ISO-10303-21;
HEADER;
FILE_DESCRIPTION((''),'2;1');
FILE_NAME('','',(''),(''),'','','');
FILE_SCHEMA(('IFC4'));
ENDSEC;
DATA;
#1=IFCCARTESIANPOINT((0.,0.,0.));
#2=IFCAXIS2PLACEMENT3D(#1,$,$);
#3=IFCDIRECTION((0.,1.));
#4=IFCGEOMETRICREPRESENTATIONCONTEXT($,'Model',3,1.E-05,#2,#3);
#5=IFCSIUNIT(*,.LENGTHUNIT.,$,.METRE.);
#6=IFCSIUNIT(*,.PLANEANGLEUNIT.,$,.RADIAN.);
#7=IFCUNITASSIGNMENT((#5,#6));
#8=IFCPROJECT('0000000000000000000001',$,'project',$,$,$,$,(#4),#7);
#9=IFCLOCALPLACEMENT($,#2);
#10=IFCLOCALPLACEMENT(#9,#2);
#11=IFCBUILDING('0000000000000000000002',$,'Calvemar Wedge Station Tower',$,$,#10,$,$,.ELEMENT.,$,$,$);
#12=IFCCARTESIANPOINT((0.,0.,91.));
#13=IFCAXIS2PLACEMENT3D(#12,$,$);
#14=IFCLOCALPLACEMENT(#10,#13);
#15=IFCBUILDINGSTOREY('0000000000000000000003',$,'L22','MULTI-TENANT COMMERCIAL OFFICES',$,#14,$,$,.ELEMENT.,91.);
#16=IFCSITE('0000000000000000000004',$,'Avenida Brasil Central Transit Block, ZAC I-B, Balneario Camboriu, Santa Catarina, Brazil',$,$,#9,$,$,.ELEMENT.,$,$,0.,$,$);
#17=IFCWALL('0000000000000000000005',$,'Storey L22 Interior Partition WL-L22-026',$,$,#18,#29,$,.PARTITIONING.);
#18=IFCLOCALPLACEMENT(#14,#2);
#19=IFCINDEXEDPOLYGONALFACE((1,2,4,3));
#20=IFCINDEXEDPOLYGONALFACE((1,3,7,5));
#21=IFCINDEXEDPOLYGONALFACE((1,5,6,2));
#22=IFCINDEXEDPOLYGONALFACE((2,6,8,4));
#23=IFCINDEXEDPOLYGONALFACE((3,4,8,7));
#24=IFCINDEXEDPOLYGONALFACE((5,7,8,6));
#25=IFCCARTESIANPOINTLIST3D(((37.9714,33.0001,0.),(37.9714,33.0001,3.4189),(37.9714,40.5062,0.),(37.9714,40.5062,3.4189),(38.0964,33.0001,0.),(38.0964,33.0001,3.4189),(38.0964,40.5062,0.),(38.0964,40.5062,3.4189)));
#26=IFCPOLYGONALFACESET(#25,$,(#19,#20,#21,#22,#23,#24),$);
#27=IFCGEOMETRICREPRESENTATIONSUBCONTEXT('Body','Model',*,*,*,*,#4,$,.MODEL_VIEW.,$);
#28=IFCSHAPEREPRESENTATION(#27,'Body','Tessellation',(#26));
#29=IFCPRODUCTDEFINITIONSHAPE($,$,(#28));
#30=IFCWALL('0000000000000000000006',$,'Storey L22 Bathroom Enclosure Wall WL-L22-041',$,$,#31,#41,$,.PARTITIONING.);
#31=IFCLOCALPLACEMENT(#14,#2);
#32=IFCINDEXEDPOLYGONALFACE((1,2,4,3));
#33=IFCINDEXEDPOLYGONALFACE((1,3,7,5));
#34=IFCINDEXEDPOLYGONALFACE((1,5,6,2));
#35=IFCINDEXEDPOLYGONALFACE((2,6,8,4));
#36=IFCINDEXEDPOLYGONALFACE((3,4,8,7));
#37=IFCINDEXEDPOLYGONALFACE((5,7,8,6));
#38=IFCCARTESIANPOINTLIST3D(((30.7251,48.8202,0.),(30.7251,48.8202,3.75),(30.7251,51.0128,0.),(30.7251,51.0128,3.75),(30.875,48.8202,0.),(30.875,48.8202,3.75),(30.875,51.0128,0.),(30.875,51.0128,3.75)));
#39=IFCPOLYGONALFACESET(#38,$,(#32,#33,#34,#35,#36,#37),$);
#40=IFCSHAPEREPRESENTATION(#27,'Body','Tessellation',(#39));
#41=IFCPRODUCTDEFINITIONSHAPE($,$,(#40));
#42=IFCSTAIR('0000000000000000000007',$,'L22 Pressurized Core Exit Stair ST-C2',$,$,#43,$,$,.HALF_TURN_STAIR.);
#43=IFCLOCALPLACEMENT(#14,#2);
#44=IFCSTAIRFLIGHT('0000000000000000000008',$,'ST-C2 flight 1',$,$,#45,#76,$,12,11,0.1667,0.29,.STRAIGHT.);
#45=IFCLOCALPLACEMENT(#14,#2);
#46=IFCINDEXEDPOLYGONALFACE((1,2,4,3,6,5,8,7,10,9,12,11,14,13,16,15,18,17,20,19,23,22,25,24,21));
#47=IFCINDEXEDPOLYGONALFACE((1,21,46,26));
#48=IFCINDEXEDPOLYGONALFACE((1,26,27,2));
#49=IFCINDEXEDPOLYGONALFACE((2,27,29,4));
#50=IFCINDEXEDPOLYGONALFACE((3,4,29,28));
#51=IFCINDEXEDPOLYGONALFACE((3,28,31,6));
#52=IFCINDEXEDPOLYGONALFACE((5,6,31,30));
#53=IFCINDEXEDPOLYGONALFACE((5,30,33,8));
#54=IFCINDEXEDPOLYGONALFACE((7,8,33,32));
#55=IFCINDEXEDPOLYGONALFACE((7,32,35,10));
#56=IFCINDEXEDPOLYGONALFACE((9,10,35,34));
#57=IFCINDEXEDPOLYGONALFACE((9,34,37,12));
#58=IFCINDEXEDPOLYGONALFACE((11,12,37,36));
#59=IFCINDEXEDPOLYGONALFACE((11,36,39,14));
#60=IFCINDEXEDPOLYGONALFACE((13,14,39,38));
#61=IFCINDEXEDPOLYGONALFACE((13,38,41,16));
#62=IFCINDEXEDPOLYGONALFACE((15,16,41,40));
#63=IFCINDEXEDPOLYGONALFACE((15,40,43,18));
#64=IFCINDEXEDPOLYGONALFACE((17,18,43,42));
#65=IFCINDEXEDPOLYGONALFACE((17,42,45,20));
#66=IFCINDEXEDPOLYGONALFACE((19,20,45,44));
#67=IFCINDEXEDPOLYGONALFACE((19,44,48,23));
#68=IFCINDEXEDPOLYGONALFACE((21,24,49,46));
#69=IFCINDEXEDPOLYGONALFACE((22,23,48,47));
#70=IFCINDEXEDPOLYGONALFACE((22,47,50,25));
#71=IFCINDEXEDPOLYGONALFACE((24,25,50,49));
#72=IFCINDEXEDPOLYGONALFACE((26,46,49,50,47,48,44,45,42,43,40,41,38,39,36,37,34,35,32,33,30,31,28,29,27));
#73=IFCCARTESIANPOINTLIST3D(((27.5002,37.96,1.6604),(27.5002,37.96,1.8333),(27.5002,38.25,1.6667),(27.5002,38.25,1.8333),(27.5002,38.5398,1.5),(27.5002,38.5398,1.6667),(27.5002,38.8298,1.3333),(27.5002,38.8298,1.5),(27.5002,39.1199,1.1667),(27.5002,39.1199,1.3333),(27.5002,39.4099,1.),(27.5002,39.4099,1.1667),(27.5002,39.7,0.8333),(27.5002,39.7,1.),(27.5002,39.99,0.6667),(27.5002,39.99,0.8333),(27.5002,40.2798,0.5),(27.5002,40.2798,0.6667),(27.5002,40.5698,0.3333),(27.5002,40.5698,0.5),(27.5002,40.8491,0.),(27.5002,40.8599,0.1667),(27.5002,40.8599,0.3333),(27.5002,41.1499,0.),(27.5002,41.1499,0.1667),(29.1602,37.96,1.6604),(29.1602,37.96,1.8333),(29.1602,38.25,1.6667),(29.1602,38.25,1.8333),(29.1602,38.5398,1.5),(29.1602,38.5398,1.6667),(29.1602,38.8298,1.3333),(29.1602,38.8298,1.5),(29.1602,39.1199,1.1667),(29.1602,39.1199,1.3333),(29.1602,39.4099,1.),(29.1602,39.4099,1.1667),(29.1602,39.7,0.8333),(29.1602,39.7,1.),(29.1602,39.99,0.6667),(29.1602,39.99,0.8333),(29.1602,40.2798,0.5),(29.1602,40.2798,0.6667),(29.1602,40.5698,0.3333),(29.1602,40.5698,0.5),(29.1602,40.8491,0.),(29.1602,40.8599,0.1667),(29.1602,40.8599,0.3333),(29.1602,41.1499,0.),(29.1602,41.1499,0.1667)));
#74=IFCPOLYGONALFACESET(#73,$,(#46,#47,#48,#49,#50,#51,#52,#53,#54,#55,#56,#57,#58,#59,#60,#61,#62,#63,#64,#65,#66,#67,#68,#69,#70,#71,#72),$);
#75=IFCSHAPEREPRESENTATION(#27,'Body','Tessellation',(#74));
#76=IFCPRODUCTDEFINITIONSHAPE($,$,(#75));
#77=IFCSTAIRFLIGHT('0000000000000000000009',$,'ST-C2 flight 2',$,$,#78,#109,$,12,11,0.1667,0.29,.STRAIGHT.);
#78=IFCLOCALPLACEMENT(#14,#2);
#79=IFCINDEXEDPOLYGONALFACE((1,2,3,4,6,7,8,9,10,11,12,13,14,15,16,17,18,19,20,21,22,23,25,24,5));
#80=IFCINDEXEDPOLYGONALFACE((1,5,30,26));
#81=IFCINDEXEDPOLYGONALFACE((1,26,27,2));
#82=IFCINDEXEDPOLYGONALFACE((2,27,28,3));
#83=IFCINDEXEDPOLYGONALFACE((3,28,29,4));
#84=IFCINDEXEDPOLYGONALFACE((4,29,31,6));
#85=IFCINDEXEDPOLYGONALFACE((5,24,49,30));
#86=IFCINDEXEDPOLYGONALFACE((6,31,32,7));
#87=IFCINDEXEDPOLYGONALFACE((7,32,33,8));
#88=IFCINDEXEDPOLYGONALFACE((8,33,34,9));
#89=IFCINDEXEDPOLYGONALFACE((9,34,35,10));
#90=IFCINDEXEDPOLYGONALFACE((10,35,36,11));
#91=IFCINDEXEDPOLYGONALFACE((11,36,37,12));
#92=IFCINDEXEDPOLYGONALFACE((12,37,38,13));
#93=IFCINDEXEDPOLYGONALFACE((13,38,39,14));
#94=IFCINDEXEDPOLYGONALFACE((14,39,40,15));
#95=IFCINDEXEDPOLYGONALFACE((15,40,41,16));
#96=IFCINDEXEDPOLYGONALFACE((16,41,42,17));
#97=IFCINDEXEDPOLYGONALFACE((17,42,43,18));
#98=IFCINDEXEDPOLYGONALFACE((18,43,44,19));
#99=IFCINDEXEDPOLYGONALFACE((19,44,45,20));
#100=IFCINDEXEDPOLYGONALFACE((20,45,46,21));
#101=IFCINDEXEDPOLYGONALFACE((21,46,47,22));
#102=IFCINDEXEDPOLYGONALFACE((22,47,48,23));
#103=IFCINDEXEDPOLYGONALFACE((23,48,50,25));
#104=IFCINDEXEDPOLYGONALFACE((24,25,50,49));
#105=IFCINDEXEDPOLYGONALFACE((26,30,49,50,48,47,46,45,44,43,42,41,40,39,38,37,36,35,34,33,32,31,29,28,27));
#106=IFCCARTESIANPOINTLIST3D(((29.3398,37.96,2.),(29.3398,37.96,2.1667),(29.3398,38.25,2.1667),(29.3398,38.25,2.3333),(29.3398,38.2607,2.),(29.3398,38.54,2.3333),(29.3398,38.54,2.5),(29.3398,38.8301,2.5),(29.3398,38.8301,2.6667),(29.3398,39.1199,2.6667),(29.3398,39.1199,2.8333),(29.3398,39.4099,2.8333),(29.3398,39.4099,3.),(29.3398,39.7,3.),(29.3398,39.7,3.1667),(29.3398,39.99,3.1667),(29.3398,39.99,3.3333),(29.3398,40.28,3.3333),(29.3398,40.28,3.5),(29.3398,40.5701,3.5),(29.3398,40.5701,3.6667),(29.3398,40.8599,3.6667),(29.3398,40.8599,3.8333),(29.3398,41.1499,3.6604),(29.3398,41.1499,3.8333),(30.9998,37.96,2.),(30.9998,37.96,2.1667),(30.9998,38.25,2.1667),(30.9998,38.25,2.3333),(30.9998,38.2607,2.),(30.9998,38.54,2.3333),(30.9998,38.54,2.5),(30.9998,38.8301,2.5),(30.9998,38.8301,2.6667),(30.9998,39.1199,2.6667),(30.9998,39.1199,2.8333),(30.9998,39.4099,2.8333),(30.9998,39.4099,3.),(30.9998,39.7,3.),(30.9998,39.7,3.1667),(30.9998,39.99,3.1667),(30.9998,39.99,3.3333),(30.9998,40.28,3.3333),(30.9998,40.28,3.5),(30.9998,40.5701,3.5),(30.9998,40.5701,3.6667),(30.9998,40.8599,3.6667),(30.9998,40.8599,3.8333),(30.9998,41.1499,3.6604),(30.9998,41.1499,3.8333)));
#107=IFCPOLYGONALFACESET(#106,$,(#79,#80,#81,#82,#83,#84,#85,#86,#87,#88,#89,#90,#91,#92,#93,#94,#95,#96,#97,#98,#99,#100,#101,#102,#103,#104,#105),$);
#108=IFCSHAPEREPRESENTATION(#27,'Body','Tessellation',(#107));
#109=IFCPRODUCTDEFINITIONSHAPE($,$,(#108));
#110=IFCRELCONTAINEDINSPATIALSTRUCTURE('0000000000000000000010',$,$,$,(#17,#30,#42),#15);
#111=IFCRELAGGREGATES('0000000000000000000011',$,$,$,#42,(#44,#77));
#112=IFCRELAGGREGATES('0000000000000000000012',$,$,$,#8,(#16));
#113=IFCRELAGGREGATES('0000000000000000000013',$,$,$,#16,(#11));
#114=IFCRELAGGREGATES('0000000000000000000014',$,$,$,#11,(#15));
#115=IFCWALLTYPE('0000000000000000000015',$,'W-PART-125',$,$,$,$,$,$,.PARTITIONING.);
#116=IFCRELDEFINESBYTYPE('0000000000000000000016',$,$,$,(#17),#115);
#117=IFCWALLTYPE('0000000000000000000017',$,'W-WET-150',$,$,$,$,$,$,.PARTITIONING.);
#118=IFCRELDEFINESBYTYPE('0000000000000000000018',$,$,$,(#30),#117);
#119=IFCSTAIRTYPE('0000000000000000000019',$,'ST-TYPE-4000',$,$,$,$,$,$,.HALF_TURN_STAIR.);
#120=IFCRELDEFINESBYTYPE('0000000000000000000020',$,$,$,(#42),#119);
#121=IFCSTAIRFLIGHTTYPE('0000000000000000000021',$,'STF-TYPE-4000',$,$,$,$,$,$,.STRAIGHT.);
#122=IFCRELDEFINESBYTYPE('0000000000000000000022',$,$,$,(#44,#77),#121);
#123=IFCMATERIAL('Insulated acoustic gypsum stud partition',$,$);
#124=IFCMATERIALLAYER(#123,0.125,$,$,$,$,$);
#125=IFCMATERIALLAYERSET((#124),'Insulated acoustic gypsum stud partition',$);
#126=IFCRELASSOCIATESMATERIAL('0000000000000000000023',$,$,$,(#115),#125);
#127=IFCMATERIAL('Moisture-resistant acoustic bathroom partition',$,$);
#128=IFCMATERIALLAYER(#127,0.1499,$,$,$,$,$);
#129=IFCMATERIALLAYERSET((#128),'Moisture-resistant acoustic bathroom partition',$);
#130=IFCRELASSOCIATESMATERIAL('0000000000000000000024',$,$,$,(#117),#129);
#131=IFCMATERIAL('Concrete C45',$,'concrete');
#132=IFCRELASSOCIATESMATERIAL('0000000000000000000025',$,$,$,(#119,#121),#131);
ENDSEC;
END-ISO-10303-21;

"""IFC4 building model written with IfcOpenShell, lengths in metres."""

from ifc_helpers import new_model, si_unit, direction, frame, frame_2d, origin, place, context, subcontext, project, spatial, polyline, rectangle, outline, extrude, material, layer, layer_set, type_object, element, aggregate, save


model = new_model("IFC4")

# Units and contexts
model_context = context("Model", 3, precision=1e-05, world=origin(), true_north=direction((0.0, 1.0)))
body_context = subcontext(model_context, "Body", "Model", "MODEL_VIEW")
ifc_project = project(units=[si_unit("LENGTHUNIT", "METRE"), si_unit("PLANEANGLEUNIT", "RADIAN")], contexts=[model_context])

# Site, building, storey
site_placement = place(None, origin())
site = spatial("IfcSite", under=ifc_project, at=site_placement, Name="Avenida Brasil Central Transit Block, ZAC I-B, Balneario Camboriu, Santa Catarina, Brazil", CompositionType="ELEMENT", RefElevation=0.0)
building_placement = place(site_placement, origin())
building = spatial("IfcBuilding", under=site, at=building_placement, Name="Calvemar Wedge Station Tower", CompositionType="ELEMENT")
storey_placement = place(building_placement, frame((0.0, 0.0, 91.0)))
storey = spatial("IfcBuildingStorey", under=building, at=storey_placement, Name="L22", Description="MULTI-TENANT COMMERCIAL OFFICES", CompositionType="ELEMENT", Elevation=91.0)

# Walls
ifc_material_1 = material(Name="Insulated acoustic gypsum stud partition")
ifc_layer_1 = layer(ifc_material_1, 0.125)
ifc_layer_set_1 = layer_set([ifc_layer_1], Name="Insulated acoustic gypsum stud partition")
wall_type_1 = type_object("IfcWallType", Name="W-PART-125", PredefinedType="PARTITIONING", material=ifc_layer_set_1)
wall_1_placement = place(storey_placement, frame((38.0339, 40.5061, 0.0), z_axis=(0.0, 0.0, 1.0), x_axis=(0.0, -1.0, 0.0)))
element("IfcWall", 1, at=wall_1_placement, inside=storey, type_object=wall_type_1, Name="Storey L22 Interior Partition WL-L22-026", PredefinedType="PARTITIONING", context=body_context, shape_type="SweptSolid", body=[
    extrude(rectangle(XDim=7.5061, YDim=0.125, at=frame_2d((3.7529, 0.0))), origin(), (0.0, 0.0, 1.0), 3.4189),
])
ifc_material_2 = material(Name="Moisture-resistant acoustic bathroom partition")
ifc_layer_2 = layer(ifc_material_2, 0.1499)
ifc_layer_set_2 = layer_set([ifc_layer_2], Name="Moisture-resistant acoustic bathroom partition")
wall_type_2 = type_object("IfcWallType", Name="W-WET-150", PredefinedType="PARTITIONING", material=ifc_layer_set_2)
wall_2_placement = place(storey_placement, frame((30.8, 51.0127, 0.0), z_axis=(0.0, 0.0, 1.0), x_axis=(0.0, -1.0, 0.0)))
element("IfcWall", 2, at=wall_2_placement, inside=storey, type_object=wall_type_2, Name="Storey L22 Bathroom Enclosure Wall WL-L22-041", PredefinedType="PARTITIONING", context=body_context, shape_type="SweptSolid", body=[
    extrude(rectangle(XDim=2.1926, YDim=0.1499, at=frame_2d((1.0962, 0.0))), origin(), (0.0, 0.0, 1.0), 3.75),
])

# Stair, stair flights
ifc_material_3 = material(Name="Concrete C45", Category="concrete")
stair_type = type_object("IfcStairType", Name="ST-TYPE-4000", PredefinedType="HALF_TURN_STAIR", material=ifc_material_3)
stair_placement = place(storey_placement, origin())
stair = element("IfcStair", 3, at=stair_placement, inside=storey, type_object=stair_type, Name="L22 Pressurized Core Exit Stair ST-C2", PredefinedType="HALF_TURN_STAIR")
stair_flight_type = type_object("IfcStairFlightType", Name="STF-TYPE-4000", PredefinedType="STRAIGHT", material=ifc_material_3)
stair_flight_1_placement = place(storey_placement, frame((28.3301, 41.1499, 0.0), z_axis=(0.0, 0.0, 1.0), x_axis=(0.0, -1.0, 0.0)))
stair_flight_1 = element("IfcStairFlight", 4, at=stair_flight_1_placement, type_object=stair_flight_type, Name="ST-C2 flight 1", NumberOfRisers=12, NumberOfTreads=11, PredefinedType="STRAIGHT", RiserHeight=0.1667, TreadLength=0.29, context=body_context, shape_type="SweptSolid", body=[
    extrude(outline(polyline([(0.0, 0.0), (0.0, 0.1667), (0.29, 0.1667), (0.29, 0.3333), (0.5801, 0.3333), (0.5801, 0.5), (0.8701, 0.5), (0.8701, 0.6667), (1.1599, 0.6667), (1.1599, 0.8333), (1.45, 0.8333), (1.45, 1.0), (1.74, 1.0), (1.74, 1.1667), (2.03, 1.1667), (2.03, 1.3333), (2.3201, 1.3333), (2.3201, 1.5), (2.6101, 1.5), (2.6101, 1.6667), (2.8999, 1.6667), (2.8999, 1.8333), (3.1899, 1.8333), (3.1899, 2.0), (3.1899, 1.6604), (0.3008, 0.0), (0.0, 0.0)])), frame((0.0, 0.8301, 0.0), z_axis=(0.0, -1.0, 0.0), x_axis=(1.0, 0.0, 0.0)), (0.0, 0.0, 1.0), 1.6599),
])
stair_flight_2_placement = place(storey_placement, frame((30.1699, 37.96, 2.0), z_axis=(0.0, 0.0, 1.0), x_axis=(0.0, 1.0, 0.0)))
stair_flight_2 = element("IfcStairFlight", 5, at=stair_flight_2_placement, type_object=stair_flight_type, Name="ST-C2 flight 2", NumberOfRisers=12, NumberOfTreads=11, PredefinedType="STRAIGHT", RiserHeight=0.1667, TreadLength=0.29, context=body_context, shape_type="SweptSolid", body=[
    extrude(outline(polyline([(0.0, 0.0), (0.0, 0.1667), (0.29, 0.1667), (0.29, 0.3333), (0.5801, 0.3333), (0.5801, 0.5), (0.8701, 0.5), (0.8701, 0.6667), (1.1599, 0.6667), (1.1599, 0.8333), (1.45, 0.8333), (1.45, 1.0), (1.74, 1.0), (1.74, 1.1667), (2.03, 1.1667), (2.03, 1.3333), (2.3201, 1.3333), (2.3201, 1.5), (2.6101, 1.5), (2.6101, 1.6667), (2.8999, 1.6667), (2.8999, 1.8333), (3.1899, 1.8333), (3.1899, 2.0), (3.1899, 1.6604), (0.3008, 0.0), (0.0, 0.0)])), frame((0.0, 0.8301, 0.0), z_axis=(0.0, -1.0, 0.0), x_axis=(1.0, 0.0, 0.0)), (0.0, 0.0, 1.0), 1.6599),
])
aggregate(stair, [stair_flight_1, stair_flight_2])

save(model, "model.ifc")
